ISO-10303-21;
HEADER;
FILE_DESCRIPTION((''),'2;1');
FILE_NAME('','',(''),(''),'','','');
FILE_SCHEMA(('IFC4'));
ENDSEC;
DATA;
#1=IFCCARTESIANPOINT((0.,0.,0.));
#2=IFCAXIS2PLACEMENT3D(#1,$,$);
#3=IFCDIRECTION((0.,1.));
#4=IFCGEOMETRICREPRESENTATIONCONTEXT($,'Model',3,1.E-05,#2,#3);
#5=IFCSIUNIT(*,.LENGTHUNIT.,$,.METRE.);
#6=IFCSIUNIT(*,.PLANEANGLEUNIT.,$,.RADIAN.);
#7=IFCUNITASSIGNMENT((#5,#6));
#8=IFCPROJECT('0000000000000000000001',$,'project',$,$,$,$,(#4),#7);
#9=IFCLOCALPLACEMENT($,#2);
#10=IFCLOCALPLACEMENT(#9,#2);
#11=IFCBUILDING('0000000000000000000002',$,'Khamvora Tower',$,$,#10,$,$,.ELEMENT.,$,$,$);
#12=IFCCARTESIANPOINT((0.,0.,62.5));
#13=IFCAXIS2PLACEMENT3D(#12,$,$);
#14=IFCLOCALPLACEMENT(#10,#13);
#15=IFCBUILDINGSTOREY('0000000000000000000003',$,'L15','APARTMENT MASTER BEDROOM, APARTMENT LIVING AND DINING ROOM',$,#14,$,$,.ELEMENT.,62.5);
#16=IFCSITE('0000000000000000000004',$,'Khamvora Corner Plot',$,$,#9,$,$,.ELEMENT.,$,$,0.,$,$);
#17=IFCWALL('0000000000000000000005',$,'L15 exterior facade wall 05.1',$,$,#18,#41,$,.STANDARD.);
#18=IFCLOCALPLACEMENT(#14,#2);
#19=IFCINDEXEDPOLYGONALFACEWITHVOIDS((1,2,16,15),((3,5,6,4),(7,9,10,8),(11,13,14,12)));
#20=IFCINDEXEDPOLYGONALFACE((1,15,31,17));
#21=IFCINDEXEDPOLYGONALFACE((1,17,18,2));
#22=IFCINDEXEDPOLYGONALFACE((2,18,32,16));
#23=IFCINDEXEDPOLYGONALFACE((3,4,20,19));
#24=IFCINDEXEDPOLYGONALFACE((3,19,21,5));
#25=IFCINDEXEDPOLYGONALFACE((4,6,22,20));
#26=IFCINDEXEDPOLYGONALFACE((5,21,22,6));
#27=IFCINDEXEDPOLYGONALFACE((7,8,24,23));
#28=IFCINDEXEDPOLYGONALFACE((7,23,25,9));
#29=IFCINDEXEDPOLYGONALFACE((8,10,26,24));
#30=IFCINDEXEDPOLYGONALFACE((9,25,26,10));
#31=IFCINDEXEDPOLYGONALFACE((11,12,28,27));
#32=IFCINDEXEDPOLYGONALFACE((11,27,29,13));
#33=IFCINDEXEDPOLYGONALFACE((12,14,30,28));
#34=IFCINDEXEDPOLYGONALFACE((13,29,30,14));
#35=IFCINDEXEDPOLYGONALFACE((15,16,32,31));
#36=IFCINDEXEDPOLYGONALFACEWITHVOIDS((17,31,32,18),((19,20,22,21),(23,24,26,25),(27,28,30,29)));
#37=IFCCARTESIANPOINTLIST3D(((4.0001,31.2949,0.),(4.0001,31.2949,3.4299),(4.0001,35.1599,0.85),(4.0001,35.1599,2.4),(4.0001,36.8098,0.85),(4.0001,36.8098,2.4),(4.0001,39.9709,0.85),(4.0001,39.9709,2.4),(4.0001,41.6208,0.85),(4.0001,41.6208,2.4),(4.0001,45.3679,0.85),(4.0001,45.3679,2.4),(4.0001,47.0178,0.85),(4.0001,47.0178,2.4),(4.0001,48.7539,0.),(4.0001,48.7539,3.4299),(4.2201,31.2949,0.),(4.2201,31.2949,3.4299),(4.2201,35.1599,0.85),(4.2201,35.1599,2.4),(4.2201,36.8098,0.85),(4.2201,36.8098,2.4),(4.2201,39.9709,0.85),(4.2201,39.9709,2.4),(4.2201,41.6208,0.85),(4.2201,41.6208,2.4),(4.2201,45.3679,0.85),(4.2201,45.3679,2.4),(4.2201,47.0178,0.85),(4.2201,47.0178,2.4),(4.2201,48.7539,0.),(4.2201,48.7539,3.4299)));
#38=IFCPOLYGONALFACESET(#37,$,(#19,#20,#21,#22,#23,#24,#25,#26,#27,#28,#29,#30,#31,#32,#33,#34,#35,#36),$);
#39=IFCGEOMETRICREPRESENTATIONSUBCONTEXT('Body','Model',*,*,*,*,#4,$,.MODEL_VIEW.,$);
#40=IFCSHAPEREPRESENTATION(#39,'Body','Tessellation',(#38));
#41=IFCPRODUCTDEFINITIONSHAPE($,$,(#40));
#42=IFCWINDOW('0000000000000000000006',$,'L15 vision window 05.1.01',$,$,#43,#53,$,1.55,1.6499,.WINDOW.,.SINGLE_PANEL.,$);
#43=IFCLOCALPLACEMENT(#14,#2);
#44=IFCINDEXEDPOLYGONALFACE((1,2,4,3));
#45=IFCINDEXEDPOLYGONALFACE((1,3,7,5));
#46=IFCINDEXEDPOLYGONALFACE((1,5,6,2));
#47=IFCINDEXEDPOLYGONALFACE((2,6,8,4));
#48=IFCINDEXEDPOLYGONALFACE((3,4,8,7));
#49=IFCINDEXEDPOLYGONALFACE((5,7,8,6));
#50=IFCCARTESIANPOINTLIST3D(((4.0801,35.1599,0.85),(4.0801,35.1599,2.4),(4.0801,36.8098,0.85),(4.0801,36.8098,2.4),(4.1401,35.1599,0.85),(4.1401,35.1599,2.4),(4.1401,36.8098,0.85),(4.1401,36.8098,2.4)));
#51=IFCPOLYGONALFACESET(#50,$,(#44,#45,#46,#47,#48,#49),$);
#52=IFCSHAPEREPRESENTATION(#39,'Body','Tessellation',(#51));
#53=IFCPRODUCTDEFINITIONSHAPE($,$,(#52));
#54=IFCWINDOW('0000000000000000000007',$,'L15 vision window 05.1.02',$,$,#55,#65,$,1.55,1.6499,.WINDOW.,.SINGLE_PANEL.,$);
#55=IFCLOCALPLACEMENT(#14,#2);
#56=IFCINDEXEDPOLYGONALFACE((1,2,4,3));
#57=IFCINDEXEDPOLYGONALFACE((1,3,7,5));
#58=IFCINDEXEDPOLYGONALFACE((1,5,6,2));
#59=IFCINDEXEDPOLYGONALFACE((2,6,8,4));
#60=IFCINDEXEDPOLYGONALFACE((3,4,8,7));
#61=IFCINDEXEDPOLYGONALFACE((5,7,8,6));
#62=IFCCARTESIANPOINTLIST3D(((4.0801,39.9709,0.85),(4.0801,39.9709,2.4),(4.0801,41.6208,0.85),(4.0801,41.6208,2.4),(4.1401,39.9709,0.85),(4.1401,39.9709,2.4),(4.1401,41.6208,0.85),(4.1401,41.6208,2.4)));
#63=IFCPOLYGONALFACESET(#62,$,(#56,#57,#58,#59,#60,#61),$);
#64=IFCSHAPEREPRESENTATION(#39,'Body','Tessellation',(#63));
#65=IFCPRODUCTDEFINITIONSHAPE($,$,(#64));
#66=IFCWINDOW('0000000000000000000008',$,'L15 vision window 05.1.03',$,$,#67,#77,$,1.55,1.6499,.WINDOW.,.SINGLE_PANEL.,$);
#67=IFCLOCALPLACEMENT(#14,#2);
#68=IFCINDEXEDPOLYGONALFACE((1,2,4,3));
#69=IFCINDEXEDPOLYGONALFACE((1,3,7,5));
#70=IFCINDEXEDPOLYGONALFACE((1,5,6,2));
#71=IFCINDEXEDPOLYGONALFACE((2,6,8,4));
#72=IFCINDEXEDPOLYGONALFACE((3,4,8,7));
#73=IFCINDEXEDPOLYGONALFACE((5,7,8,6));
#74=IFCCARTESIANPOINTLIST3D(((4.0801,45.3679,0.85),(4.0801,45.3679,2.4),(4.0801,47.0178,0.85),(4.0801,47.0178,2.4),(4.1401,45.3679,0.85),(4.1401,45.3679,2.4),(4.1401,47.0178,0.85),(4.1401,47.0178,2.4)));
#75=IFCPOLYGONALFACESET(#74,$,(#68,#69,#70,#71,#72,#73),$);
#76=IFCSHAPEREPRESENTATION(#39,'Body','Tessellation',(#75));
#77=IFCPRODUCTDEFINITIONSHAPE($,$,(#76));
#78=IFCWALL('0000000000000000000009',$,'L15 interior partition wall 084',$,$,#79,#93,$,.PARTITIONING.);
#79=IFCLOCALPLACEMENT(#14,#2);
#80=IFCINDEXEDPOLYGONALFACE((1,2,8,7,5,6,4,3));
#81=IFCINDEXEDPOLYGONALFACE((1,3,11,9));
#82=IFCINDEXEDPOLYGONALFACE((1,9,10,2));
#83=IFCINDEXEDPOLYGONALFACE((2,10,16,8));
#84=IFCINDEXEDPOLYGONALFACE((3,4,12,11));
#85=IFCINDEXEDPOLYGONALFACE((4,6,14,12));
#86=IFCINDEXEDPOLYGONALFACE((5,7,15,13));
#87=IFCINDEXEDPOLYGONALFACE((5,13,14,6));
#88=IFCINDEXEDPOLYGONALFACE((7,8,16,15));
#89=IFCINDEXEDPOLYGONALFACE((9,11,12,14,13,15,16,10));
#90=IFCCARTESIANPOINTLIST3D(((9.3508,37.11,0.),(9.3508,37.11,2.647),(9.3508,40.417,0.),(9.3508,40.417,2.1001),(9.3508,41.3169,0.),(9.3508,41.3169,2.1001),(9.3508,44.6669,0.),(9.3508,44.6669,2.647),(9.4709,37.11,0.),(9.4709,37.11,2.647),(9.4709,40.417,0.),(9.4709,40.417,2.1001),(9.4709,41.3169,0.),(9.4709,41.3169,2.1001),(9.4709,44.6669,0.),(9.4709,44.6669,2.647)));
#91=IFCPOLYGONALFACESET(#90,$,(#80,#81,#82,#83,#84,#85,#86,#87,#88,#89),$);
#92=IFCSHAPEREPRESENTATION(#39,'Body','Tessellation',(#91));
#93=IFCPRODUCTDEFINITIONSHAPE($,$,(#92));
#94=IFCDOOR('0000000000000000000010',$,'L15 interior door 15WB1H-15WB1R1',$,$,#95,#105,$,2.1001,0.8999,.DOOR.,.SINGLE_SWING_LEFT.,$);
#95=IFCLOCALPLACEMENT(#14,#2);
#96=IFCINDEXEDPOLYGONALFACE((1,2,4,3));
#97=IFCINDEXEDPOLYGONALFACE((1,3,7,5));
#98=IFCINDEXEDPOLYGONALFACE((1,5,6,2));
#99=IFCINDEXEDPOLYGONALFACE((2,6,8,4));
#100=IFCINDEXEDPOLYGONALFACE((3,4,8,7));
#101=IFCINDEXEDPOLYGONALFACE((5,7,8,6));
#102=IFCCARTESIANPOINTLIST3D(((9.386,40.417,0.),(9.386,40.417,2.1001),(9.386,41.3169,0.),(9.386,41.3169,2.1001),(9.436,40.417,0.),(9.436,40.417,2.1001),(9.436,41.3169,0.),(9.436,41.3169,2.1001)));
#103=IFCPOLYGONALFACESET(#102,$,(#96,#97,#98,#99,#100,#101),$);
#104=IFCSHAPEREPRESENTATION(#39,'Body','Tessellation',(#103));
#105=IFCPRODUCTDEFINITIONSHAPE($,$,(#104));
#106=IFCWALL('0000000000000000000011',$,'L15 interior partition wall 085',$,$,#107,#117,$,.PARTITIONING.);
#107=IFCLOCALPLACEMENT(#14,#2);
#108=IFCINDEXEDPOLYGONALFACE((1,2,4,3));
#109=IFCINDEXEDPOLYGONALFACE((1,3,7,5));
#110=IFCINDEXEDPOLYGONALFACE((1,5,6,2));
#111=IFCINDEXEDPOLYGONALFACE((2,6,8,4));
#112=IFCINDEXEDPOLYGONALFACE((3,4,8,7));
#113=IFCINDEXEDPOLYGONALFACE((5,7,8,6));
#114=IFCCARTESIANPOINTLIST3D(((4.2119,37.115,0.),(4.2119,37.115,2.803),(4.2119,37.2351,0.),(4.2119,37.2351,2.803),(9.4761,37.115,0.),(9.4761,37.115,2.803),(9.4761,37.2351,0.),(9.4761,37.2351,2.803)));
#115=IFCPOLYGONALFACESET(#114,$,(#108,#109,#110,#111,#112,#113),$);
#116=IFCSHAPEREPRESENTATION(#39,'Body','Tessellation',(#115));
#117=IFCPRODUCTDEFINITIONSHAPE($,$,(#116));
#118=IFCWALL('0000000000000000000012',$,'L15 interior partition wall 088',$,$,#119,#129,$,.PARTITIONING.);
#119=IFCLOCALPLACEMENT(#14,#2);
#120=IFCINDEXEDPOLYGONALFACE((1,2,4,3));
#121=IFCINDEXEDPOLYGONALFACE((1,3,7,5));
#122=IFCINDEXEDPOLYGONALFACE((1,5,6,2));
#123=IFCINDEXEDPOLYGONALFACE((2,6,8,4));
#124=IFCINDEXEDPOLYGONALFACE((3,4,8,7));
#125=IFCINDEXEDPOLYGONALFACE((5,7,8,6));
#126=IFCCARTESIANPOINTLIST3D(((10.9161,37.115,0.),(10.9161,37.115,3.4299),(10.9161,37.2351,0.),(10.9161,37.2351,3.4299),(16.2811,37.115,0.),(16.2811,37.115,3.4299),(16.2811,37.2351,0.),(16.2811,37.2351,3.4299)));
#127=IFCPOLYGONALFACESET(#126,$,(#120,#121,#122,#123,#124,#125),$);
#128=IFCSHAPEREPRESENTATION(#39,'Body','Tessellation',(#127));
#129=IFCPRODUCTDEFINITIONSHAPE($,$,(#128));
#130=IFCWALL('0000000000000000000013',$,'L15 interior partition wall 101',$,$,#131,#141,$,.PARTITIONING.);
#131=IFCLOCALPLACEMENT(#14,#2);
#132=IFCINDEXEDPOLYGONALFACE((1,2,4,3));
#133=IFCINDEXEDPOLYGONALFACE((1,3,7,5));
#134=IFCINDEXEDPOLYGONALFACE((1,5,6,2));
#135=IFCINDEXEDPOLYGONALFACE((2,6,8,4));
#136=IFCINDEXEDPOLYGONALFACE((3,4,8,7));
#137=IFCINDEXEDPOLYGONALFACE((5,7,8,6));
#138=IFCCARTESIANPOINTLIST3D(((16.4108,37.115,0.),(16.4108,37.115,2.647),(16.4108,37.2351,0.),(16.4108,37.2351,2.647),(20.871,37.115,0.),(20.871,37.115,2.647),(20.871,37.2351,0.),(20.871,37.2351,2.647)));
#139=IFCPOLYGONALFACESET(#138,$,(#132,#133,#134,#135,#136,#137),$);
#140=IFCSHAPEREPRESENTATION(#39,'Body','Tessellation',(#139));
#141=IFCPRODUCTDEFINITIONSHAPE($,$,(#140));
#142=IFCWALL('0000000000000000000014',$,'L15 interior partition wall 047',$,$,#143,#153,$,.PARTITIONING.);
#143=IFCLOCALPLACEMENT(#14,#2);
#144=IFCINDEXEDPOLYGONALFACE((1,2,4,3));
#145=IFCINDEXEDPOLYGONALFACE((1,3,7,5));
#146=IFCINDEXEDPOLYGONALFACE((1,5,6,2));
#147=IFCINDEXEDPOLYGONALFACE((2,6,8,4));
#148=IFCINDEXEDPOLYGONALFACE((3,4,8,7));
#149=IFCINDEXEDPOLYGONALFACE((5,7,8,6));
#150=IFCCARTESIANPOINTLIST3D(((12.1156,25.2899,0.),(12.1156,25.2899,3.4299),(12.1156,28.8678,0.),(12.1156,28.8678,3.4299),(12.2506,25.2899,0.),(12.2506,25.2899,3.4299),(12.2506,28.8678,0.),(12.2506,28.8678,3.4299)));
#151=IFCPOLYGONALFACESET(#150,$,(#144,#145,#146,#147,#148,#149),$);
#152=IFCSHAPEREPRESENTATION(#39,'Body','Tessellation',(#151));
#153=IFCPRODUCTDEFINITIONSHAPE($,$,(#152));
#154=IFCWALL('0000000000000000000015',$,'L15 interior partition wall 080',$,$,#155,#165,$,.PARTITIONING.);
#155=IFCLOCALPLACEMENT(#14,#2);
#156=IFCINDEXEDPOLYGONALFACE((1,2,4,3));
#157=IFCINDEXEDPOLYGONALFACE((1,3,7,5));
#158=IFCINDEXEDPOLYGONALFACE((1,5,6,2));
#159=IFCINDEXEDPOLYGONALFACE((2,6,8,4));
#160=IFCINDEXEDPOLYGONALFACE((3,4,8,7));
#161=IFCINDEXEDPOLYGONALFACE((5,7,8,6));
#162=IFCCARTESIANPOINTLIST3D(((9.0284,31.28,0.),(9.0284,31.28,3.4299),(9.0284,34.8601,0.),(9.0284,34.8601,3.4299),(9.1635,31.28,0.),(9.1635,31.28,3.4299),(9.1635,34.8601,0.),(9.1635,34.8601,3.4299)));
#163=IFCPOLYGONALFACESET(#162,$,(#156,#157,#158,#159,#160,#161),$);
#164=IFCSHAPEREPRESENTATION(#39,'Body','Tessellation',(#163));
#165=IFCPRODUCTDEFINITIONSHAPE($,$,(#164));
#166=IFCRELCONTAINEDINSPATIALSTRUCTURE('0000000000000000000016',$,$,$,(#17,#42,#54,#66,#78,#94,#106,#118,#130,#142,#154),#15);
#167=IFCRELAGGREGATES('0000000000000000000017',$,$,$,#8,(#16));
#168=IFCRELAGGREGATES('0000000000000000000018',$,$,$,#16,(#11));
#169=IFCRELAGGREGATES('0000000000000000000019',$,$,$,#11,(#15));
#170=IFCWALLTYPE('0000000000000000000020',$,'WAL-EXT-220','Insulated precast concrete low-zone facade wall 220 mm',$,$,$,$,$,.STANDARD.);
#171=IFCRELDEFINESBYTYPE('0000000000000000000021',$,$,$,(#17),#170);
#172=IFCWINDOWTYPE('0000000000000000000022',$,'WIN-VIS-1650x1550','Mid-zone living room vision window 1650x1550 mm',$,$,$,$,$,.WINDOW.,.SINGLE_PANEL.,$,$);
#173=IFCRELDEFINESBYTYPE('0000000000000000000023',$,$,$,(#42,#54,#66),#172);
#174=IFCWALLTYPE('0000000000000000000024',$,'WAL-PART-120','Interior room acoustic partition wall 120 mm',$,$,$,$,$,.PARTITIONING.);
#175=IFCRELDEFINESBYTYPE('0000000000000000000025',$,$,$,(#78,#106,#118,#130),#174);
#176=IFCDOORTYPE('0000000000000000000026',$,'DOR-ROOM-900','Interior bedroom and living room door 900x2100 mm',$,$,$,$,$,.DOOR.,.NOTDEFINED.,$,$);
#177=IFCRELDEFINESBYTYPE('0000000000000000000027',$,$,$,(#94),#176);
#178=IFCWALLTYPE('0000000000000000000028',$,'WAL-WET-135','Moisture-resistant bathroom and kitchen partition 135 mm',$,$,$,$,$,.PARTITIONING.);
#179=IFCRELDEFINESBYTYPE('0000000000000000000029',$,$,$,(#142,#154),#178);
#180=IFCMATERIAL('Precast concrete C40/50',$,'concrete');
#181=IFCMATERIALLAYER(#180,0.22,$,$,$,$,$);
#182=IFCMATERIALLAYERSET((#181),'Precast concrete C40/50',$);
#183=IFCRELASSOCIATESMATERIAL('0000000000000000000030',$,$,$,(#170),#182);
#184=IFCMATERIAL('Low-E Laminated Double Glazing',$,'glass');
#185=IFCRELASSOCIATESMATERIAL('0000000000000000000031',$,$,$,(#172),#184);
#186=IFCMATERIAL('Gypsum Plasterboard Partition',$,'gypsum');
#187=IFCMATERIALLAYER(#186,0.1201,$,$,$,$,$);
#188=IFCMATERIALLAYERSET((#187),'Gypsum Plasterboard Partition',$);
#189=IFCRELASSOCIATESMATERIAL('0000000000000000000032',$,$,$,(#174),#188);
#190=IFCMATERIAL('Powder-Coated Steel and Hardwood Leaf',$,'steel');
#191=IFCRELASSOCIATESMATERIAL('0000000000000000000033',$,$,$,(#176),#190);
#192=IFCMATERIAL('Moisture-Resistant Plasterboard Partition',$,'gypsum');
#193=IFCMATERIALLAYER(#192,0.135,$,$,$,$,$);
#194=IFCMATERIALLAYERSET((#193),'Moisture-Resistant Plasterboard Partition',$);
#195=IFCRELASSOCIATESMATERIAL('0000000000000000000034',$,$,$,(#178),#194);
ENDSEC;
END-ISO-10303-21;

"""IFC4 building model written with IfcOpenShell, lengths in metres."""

from ifc_helpers import new_model, si_unit, direction, frame, frame_2d, origin, place, context, subcontext, project, spatial, rectangle, extrude, material, layer, layer_set, type_object, element, fill, save


model = new_model("IFC4")

# Units and contexts
model_context = context("Model", 3, precision=1e-05, world=origin(), true_north=direction((0.0, 1.0)))
body_context = subcontext(model_context, "Body", "Model", "MODEL_VIEW")
ifc_project = project(units=[si_unit("LENGTHUNIT", "METRE"), si_unit("PLANEANGLEUNIT", "RADIAN")], contexts=[model_context])

# Site, building, storey
site_placement = place(None, origin())
site = spatial("IfcSite", under=ifc_project, at=site_placement, Name="Khamvora Corner Plot", CompositionType="ELEMENT", RefElevation=0.0)
building_placement = place(site_placement, origin())
building = spatial("IfcBuilding", under=site, at=building_placement, Name="Khamvora Tower", CompositionType="ELEMENT")
storey_placement = place(building_placement, frame((0.0, 0.0, 62.5)))
storey = spatial("IfcBuildingStorey", under=building, at=storey_placement, Name="L15", Description="APARTMENT MASTER BEDROOM, APARTMENT LIVING AND DINING ROOM", CompositionType="ELEMENT", Elevation=62.5)

# Shared definitions
ifc_material_1 = material(Name="Powder-Coated Steel and Hardwood Leaf", Category="steel")

# Shared definitions
ifc_material_2 = material(Name="Precast concrete C40/50", Category="concrete")
ifc_layer_1 = layer(ifc_material_2, 0.22)
ifc_layer_set_1 = layer_set([ifc_layer_1], Name="Precast concrete C40/50")
wall_type_1 = type_object("IfcWallType", Name="WAL-EXT-220", Description="Insulated precast concrete low-zone facade wall 220 mm", PredefinedType="STANDARD", material=ifc_layer_set_1)

# Wall, openings, windows
wall_1_placement = place(storey_placement, frame((4.1101, 31.2949, 0.0), z_axis=(0.0, 0.0, 1.0), x_axis=(0.0, 1.0, 0.0)))
wall_1 = element("IfcWall", 1, at=wall_1_placement, inside=storey, type_object=wall_type_1, Name="L15 exterior facade wall 05.1", PredefinedType="STANDARD", context=body_context, shape_type="SweptSolid", body=[
    extrude(rectangle(XDim=17.459, YDim=0.22, at=frame_2d((8.7295, 0.0))), origin(), (0.0, 0.0, 1.0), 3.4299),
])
opening_1_placement = place(wall_1_placement, frame((3.865, 0.0, 0.8501)))
opening_1 = element("IfcOpeningElement", 2, at=opening_1_placement, cuts=wall_1, PredefinedType="OPENING", context=body_context, shape_type="SweptSolid", body=[
    extrude(rectangle(XDim=1.6499, YDim=1.55, at=frame_2d((0.825, 0.7749))), frame((0.0, 0.1199, 0.0), z_axis=(0.0, -1.0, 0.0), x_axis=(1.0, 0.0, 0.0)), (0.0, 0.0, 1.0), 0.24),
])
opening_2_placement = place(wall_1_placement, frame((8.676, 0.0, 0.8501)))
opening_2 = element("IfcOpeningElement", 3, at=opening_2_placement, cuts=wall_1, PredefinedType="OPENING", context=body_context, shape_type="SweptSolid", body=[
    extrude(rectangle(XDim=1.6499, YDim=1.55, at=frame_2d((0.825, 0.7749))), frame((0.0, 0.1199, 0.0), z_axis=(0.0, -1.0, 0.0), x_axis=(1.0, 0.0, 0.0)), (0.0, 0.0, 1.0), 0.24),
])
opening_3_placement = place(wall_1_placement, frame((14.073, 0.0, 0.8501)))
opening_3 = element("IfcOpeningElement", 4, at=opening_3_placement, cuts=wall_1, PredefinedType="OPENING", context=body_context, shape_type="SweptSolid", body=[
    extrude(rectangle(XDim=1.6499, YDim=1.55, at=frame_2d((0.825, 0.7749))), frame((0.0, 0.1199, 0.0), z_axis=(0.0, -1.0, 0.0), x_axis=(1.0, 0.0, 0.0)), (0.0, 0.0, 1.0), 0.24),
])
ifc_material_3 = material(Name="Low-E Laminated Double Glazing", Category="glass")
window_type = type_object("IfcWindowType", Name="WIN-VIS-1650x1550", Description="Mid-zone living room vision window 1650x1550 mm", PartitioningType="SINGLE_PANEL", PredefinedType="WINDOW", material=ifc_material_3)
window_1_placement = place(opening_1_placement, origin())
window_1 = element("IfcWindow", 5, at=window_1_placement, inside=storey, type_object=window_type, Name="L15 vision window 05.1.01", OverallHeight=1.55, OverallWidth=1.6499, PartitioningType="SINGLE_PANEL", PredefinedType="WINDOW", context=body_context, shape_type="SweptSolid", body=[
    extrude(rectangle(XDim=1.6499, YDim=1.55, at=frame_2d((0.825, 0.7749))), frame((0.0, 0.03, 0.0), z_axis=(0.0, -1.0, 0.0), x_axis=(1.0, 0.0, 0.0)), (0.0, 0.0, 1.0), 0.0601),
])
fill(opening_1, window_1)
window_2_placement = place(opening_2_placement, origin())
window_2 = element("IfcWindow", 6, at=window_2_placement, inside=storey, type_object=window_type, Name="L15 vision window 05.1.02", OverallHeight=1.55, OverallWidth=1.6499, PartitioningType="SINGLE_PANEL", PredefinedType="WINDOW", context=body_context, shape_type="SweptSolid", body=[
    extrude(rectangle(XDim=1.6499, YDim=1.55, at=frame_2d((0.825, 0.7749))), frame((0.0, 0.03, 0.0), z_axis=(0.0, -1.0, 0.0), x_axis=(1.0, 0.0, 0.0)), (0.0, 0.0, 1.0), 0.0601),
])
fill(opening_2, window_2)
window_3_placement = place(opening_3_placement, origin())
window_3 = element("IfcWindow", 7, at=window_3_placement, inside=storey, type_object=window_type, Name="L15 vision window 05.1.03", OverallHeight=1.55, OverallWidth=1.6499, PartitioningType="SINGLE_PANEL", PredefinedType="WINDOW", context=body_context, shape_type="SweptSolid", body=[
    extrude(rectangle(XDim=1.6499, YDim=1.55, at=frame_2d((0.825, 0.7749))), frame((0.0, 0.03, 0.0), z_axis=(0.0, -1.0, 0.0), x_axis=(1.0, 0.0, 0.0)), (0.0, 0.0, 1.0), 0.0601),
])
fill(opening_3, window_3)

# Wall, opening, door
ifc_material_4 = material(Name="Gypsum Plasterboard Partition", Category="gypsum")
ifc_layer_2 = layer(ifc_material_4, 0.1201)
ifc_layer_set_2 = layer_set([ifc_layer_2], Name="Gypsum Plasterboard Partition")
wall_type_2 = type_object("IfcWallType", Name="WAL-PART-120", Description="Interior room acoustic partition wall 120 mm", PredefinedType="PARTITIONING", material=ifc_layer_set_2)
wall_2_placement = place(storey_placement, frame((9.4109, 37.1101, 0.0), z_axis=(0.0, 0.0, 1.0), x_axis=(0.0, 1.0, 0.0)))
wall_2 = element("IfcWall", 8, at=wall_2_placement, inside=storey, type_object=wall_type_2, Name="L15 interior partition wall 084", PredefinedType="PARTITIONING", context=body_context, shape_type="SweptSolid", body=[
    extrude(rectangle(XDim=7.5569, YDim=0.1201, at=frame_2d((3.7783, 0.0))), origin(), (0.0, 0.0, 1.0), 2.647),
])
opening_4_placement = place(wall_2_placement, frame((3.3069, 0.0, 0.0)))
opening_4 = element("IfcOpeningElement", 9, at=opening_4_placement, cuts=wall_2, PredefinedType="OPENING", context=body_context, shape_type="SweptSolid", body=[
    extrude(rectangle(XDim=0.8999, YDim=2.1001, at=frame_2d((0.45, 1.05))), frame((0.0, 0.0701, 0.0), z_axis=(0.0, -1.0, 0.0), x_axis=(1.0, 0.0, 0.0)), (0.0, 0.0, 1.0), 0.1401),
])
door_type_1 = type_object("IfcDoorType", Name="DOR-ROOM-900", Description="Interior bedroom and living room door 900x2100 mm", OperationType="NOTDEFINED", PredefinedType="DOOR", material=ifc_material_1)
door_1_placement = place(opening_4_placement, origin())
door_1 = element("IfcDoor", 10, at=door_1_placement, inside=storey, type_object=door_type_1, Name="L15 interior door 15WB1H-15WB1R1", OperationType="SINGLE_SWING_LEFT", OverallHeight=2.1001, OverallWidth=0.8999, PredefinedType="DOOR", context=body_context, shape_type="SweptSolid", body=[
    extrude(rectangle(XDim=0.8999, YDim=2.1001, at=frame_2d((0.45, 1.05))), frame((0.0, 0.0249, 0.0), z_axis=(0.0, -1.0, 0.0), x_axis=(1.0, 0.0, 0.0)), (0.0, 0.0, 1.0), 0.05),
])
fill(opening_4, door_1)

# Walls
wall_3_placement = place(storey_placement, frame((4.2119, 37.175, 0.0), z_axis=(0.0, 0.0, 1.0), x_axis=(1.0, 0.0, 0.0)))
element("IfcWall", 11, at=wall_3_placement, inside=storey, type_object=wall_type_2, Name="L15 interior partition wall 085", PredefinedType="PARTITIONING", context=body_context, shape_type="SweptSolid", body=[
    extrude(rectangle(XDim=5.2642, YDim=0.1201, at=frame_2d((2.6321, 0.0))), origin(), (0.0, 0.0, 1.0), 2.803),
])
wall_4_placement = place(storey_placement, frame((10.916, 37.175, 0.0), z_axis=(0.0, 0.0, 1.0), x_axis=(1.0, 0.0, 0.0)))
element("IfcWall", 12, at=wall_4_placement, inside=storey, type_object=wall_type_2, Name="L15 interior partition wall 088", PredefinedType="PARTITIONING", context=body_context, shape_type="SweptSolid", body=[
    extrude(rectangle(XDim=5.365, YDim=0.1201, at=frame_2d((2.6826, 0.0))), origin(), (0.0, 0.0, 1.0), 3.4299),
])
wall_5_placement = place(storey_placement, frame((16.4109, 37.175, 0.0), z_axis=(0.0, 0.0, 1.0), x_axis=(1.0, 0.0, 0.0)))
element("IfcWall", 13, at=wall_5_placement, inside=storey, type_object=wall_type_2, Name="L15 interior partition wall 101", PredefinedType="PARTITIONING", context=body_context, shape_type="SweptSolid", body=[
    extrude(rectangle(XDim=4.4602, YDim=0.1201, at=frame_2d((2.23, 0.0))), origin(), (0.0, 0.0, 1.0), 2.647),
])
ifc_material_5 = material(Name="Moisture-Resistant Plasterboard Partition", Category="gypsum")
ifc_layer_3 = layer(ifc_material_5, 0.135)
ifc_layer_set_3 = layer_set([ifc_layer_3], Name="Moisture-Resistant Plasterboard Partition")
wall_type_3 = type_object("IfcWallType", Name="WAL-WET-135", Description="Moisture-resistant bathroom and kitchen partition 135 mm", PredefinedType="PARTITIONING", material=ifc_layer_set_3)
wall_6_placement = place(storey_placement, frame((12.1831, 28.8679, 0.0), z_axis=(0.0, 0.0, 1.0), x_axis=(0.0, -1.0, 0.0)))
element("IfcWall", 14, at=wall_6_placement, inside=storey, type_object=wall_type_3, Name="L15 interior partition wall 047", PredefinedType="PARTITIONING", context=body_context, shape_type="SweptSolid", body=[
    extrude(rectangle(XDim=3.5779, YDim=0.135, at=frame_2d((1.7891, 0.0))), origin(), (0.0, 0.0, 1.0), 3.4299),
])
wall_7_placement = place(storey_placement, frame((9.0959, 31.28, 0.0), z_axis=(0.0, 0.0, 1.0), x_axis=(0.0, 1.0, 0.0)))
element("IfcWall", 15, at=wall_7_placement, inside=storey, type_object=wall_type_3, Name="L15 interior partition wall 080", PredefinedType="PARTITIONING", context=body_context, shape_type="SweptSolid", body=[
    extrude(rectangle(XDim=3.5801, YDim=0.135, at=frame_2d((1.79, 0.0))), origin(), (0.0, 0.0, 1.0), 3.4299),
])

save(model, "model.ifc")
